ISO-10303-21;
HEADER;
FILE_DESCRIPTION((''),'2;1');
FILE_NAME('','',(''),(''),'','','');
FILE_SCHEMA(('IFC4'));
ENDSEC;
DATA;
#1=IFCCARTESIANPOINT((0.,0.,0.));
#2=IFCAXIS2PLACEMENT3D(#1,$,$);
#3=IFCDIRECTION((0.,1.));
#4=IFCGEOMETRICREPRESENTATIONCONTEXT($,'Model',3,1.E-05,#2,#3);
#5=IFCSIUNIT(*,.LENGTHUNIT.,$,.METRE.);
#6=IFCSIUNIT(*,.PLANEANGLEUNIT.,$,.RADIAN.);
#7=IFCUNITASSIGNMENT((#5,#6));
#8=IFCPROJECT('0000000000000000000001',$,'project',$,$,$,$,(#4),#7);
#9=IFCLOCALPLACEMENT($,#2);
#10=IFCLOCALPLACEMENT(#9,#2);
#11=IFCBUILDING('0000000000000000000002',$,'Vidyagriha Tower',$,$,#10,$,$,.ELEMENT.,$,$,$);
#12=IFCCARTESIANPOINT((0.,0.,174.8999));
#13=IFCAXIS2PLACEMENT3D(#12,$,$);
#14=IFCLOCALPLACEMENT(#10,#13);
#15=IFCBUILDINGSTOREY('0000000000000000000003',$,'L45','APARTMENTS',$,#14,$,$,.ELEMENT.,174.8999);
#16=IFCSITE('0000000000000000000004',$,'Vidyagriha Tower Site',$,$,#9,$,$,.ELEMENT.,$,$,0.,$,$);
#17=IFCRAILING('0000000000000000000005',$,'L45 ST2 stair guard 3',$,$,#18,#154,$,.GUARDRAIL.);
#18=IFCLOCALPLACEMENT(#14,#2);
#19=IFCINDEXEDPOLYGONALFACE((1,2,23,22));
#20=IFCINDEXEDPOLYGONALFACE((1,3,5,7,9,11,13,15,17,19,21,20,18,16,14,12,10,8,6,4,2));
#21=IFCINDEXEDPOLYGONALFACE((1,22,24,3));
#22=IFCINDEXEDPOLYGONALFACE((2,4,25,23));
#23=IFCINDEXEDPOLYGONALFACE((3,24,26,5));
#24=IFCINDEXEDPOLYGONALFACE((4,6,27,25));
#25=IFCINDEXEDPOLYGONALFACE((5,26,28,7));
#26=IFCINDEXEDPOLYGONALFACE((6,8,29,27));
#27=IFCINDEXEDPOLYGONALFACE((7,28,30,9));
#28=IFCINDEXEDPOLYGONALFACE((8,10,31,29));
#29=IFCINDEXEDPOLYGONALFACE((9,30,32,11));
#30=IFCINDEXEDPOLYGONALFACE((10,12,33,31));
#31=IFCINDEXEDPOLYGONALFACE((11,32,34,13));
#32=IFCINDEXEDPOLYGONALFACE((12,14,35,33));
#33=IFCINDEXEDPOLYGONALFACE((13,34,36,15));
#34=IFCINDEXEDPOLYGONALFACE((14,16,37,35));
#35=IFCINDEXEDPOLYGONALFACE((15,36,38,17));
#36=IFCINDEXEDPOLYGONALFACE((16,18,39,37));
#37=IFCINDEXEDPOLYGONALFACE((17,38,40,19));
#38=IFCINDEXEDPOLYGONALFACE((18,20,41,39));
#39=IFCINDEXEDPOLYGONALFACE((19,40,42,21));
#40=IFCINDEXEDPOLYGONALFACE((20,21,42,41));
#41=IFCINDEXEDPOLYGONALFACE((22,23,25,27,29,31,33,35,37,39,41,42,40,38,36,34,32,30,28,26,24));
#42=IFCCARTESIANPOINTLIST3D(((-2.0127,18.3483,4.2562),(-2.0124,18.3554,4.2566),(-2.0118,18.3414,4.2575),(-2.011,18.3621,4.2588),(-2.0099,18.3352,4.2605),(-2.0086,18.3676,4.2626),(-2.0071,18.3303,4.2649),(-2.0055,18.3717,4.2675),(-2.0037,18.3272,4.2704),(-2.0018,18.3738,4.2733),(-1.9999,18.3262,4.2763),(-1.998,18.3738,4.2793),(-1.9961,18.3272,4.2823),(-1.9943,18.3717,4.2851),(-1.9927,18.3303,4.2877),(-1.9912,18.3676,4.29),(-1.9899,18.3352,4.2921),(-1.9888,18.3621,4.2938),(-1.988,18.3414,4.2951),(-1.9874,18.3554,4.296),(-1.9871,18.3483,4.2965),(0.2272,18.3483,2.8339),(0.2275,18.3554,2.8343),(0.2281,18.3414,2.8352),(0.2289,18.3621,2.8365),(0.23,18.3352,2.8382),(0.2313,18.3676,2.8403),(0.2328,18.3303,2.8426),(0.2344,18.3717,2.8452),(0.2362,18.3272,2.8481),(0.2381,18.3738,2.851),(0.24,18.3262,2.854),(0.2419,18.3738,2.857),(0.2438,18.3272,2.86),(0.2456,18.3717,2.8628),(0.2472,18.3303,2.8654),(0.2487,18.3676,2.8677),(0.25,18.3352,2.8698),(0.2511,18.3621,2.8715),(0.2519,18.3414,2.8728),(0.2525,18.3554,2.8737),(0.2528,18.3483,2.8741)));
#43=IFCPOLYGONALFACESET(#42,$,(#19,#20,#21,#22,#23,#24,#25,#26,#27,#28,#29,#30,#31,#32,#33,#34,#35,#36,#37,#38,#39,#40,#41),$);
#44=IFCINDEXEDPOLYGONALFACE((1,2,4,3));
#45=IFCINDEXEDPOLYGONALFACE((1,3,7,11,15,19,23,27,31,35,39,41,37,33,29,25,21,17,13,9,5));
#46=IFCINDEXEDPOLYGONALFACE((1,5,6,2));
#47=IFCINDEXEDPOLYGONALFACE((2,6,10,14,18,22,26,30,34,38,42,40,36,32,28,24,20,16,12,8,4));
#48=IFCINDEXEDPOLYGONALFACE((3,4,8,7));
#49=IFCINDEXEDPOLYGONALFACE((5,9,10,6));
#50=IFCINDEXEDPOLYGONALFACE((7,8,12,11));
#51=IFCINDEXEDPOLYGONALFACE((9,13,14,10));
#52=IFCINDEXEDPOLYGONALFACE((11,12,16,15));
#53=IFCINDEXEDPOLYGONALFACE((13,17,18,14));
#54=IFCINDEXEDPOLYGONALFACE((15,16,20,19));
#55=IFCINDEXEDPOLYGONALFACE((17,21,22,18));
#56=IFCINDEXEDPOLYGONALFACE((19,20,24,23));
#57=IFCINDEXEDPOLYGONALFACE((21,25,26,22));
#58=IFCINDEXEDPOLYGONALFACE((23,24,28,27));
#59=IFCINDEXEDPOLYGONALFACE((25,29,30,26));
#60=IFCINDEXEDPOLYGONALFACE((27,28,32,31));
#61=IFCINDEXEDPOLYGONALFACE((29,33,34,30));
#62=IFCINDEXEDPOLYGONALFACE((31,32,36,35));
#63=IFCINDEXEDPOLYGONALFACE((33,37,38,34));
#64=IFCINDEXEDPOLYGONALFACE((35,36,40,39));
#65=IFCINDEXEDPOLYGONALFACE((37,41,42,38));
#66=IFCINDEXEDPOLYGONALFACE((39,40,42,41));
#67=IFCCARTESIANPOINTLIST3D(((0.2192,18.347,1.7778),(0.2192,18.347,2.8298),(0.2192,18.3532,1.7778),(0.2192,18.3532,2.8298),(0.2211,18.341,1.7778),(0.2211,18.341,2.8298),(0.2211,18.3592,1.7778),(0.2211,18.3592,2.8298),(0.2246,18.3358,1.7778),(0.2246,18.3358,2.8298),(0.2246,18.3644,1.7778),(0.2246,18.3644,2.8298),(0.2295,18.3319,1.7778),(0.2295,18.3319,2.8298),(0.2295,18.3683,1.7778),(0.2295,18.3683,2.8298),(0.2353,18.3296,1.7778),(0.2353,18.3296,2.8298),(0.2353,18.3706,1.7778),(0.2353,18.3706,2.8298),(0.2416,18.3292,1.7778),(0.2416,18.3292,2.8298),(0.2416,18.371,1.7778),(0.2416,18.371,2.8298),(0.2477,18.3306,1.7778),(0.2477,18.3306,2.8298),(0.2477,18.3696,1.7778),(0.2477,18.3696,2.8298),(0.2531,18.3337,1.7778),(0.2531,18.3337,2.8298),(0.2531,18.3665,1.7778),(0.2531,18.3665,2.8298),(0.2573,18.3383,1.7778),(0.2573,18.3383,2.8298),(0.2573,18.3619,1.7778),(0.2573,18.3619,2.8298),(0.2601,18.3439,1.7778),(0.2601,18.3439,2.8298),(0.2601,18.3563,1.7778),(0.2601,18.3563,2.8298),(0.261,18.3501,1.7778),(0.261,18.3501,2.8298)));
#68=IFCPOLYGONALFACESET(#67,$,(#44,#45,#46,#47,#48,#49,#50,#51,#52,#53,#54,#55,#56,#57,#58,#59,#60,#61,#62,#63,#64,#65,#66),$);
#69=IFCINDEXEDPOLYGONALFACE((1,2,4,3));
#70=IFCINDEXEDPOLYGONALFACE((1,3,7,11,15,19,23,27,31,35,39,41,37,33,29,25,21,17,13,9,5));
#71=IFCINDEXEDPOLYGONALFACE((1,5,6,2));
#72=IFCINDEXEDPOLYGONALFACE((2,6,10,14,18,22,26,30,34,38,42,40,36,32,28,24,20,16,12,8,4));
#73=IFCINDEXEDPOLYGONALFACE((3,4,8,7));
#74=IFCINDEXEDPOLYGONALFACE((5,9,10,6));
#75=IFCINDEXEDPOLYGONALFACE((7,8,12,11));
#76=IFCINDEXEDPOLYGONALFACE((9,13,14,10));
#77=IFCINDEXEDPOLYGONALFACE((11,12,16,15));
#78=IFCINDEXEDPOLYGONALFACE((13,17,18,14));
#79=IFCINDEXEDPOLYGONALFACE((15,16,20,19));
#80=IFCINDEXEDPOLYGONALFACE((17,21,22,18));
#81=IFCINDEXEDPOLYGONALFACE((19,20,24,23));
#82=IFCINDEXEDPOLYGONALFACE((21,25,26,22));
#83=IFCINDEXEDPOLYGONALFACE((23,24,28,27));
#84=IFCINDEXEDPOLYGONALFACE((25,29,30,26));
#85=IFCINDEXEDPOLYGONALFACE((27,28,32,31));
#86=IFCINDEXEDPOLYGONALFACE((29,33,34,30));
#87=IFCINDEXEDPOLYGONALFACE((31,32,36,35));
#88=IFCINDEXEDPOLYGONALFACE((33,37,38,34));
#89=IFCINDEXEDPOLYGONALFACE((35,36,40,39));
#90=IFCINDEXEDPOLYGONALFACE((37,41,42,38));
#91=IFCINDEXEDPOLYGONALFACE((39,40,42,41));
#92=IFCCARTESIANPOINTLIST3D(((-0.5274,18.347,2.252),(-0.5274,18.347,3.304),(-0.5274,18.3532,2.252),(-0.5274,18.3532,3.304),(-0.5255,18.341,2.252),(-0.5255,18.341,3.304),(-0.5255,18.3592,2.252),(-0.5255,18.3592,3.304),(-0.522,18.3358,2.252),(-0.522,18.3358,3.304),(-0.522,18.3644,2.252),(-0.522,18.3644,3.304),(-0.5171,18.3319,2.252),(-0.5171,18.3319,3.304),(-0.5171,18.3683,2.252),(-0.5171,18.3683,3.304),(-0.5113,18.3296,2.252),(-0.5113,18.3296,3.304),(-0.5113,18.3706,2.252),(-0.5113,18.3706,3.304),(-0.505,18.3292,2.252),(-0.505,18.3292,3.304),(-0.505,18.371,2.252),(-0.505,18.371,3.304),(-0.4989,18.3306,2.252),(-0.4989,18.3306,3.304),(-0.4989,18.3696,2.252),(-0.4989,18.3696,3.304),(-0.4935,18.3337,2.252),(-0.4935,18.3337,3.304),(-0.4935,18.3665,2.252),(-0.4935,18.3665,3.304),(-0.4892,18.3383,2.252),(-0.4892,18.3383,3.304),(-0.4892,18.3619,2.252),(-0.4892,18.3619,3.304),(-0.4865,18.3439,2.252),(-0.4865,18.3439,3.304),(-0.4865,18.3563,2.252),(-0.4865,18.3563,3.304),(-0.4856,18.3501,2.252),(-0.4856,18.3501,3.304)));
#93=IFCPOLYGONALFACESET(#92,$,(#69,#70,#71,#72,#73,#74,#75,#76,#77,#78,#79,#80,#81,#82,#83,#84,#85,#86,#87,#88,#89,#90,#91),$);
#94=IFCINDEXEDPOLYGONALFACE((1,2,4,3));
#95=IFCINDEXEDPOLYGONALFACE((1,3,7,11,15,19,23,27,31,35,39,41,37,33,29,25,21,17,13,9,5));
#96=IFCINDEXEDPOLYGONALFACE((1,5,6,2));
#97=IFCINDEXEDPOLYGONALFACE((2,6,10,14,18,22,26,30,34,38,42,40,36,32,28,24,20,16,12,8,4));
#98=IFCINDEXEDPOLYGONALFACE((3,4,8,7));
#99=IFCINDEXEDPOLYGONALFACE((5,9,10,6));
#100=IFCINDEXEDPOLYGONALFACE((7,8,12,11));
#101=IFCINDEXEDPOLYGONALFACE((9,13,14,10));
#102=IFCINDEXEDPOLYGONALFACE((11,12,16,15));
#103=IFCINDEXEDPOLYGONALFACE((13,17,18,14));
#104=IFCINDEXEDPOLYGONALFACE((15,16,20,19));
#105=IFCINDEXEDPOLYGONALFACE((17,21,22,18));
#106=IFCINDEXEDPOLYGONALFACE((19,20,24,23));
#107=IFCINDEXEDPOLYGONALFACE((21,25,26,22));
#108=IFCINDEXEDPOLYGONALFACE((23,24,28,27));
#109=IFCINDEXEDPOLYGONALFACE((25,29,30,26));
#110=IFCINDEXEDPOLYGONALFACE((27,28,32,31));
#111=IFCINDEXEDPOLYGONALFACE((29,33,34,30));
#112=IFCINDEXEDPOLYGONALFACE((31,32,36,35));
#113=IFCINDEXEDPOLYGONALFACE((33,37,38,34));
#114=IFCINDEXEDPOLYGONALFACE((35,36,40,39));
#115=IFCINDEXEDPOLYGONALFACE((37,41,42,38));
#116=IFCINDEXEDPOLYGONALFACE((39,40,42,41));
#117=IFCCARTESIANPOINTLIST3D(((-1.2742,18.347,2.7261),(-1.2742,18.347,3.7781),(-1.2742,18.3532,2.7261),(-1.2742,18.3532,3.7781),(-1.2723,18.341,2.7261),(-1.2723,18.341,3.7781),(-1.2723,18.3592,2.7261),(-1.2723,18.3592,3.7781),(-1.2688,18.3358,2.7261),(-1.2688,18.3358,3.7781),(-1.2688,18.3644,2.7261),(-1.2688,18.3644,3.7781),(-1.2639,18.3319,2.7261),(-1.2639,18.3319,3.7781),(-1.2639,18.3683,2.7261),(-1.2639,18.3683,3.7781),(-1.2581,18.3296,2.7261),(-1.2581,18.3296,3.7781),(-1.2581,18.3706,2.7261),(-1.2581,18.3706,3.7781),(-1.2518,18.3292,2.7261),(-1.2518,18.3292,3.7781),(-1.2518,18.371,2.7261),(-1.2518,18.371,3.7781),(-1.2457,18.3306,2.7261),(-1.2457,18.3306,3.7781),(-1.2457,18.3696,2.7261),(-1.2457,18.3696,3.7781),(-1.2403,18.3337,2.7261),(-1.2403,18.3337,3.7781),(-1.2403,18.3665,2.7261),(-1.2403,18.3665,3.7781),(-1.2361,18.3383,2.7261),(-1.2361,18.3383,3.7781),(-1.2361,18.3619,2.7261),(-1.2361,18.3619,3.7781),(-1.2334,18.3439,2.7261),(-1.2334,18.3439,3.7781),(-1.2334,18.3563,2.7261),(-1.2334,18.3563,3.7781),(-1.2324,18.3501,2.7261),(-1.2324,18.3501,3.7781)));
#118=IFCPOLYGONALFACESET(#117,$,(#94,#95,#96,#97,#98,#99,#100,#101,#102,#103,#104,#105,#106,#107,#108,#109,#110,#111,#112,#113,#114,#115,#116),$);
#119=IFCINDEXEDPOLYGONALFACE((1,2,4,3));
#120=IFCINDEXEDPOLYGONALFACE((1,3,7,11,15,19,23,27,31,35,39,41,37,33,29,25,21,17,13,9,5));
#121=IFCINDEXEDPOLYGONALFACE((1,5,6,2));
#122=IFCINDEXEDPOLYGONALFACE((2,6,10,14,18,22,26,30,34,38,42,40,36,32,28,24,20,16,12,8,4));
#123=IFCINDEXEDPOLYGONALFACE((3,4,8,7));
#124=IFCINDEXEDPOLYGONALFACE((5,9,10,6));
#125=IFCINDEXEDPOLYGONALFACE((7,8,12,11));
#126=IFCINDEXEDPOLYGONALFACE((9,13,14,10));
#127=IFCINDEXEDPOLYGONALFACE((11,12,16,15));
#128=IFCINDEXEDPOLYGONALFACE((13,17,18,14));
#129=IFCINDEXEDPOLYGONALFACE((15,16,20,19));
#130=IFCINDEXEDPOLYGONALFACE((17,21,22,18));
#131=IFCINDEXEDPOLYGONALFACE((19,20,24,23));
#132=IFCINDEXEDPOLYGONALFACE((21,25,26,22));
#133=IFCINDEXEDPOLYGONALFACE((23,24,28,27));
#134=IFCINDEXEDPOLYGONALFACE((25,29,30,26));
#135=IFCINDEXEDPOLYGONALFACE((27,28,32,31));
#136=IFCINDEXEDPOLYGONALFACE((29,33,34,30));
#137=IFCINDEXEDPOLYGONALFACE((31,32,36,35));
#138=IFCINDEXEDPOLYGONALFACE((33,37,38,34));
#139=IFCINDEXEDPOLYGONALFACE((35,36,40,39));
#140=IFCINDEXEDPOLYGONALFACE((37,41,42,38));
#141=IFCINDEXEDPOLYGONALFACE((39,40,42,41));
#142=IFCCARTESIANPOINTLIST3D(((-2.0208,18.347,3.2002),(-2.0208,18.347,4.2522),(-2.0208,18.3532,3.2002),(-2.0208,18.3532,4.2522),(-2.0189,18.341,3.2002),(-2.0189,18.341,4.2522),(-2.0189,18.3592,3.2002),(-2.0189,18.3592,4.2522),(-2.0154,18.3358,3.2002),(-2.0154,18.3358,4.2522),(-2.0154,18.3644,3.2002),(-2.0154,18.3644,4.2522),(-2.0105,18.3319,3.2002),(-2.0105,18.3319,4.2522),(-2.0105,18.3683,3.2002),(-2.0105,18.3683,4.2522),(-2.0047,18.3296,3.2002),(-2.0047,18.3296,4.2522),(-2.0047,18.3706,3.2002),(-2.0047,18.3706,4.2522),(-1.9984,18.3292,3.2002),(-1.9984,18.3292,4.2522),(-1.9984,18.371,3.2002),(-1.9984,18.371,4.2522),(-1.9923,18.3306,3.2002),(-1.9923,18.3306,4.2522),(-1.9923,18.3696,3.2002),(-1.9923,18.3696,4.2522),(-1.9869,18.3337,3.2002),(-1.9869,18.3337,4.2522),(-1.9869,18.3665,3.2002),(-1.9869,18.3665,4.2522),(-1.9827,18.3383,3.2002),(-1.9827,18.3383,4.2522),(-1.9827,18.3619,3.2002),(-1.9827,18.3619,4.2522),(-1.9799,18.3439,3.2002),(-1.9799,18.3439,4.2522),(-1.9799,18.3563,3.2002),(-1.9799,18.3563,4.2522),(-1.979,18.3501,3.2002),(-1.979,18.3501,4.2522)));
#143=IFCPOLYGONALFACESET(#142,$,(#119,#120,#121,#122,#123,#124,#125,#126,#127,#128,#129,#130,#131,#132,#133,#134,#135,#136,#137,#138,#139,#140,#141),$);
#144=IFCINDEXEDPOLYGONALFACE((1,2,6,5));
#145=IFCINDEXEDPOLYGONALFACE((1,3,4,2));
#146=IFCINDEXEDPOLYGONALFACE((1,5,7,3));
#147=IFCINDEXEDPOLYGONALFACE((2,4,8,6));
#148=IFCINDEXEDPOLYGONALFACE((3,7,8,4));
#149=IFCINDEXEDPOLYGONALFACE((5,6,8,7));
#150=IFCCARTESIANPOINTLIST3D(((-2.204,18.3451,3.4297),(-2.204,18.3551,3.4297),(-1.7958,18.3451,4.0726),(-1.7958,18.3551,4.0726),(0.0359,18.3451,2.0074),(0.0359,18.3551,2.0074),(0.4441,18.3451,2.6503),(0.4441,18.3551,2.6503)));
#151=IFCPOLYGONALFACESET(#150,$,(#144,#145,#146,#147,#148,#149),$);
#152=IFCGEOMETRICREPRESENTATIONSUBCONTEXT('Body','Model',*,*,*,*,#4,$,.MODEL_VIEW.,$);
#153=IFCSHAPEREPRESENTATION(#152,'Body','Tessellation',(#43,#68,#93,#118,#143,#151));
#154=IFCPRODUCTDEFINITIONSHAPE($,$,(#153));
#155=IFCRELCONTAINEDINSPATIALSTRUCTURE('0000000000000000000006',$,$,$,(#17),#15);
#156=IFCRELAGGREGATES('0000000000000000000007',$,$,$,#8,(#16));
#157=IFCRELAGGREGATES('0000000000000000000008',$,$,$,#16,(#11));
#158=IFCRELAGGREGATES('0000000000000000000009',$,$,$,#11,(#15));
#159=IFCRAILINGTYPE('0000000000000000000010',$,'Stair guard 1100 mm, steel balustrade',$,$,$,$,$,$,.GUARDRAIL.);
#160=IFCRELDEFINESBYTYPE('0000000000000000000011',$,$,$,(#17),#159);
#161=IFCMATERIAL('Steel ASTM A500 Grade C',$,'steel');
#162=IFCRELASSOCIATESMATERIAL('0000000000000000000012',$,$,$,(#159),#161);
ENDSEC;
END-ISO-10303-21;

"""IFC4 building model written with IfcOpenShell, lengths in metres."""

from ifc_helpers import new_model, si_unit, direction, frame, origin, origin_2d, place, context, subcontext, project, spatial, rectangle, circle, extrude, material, type_object, element, save


model = new_model("IFC4")

# Units and contexts
model_context = context("Model", 3, precision=1e-05, world=origin(), true_north=direction((0.0, 1.0)))
body_context = subcontext(model_context, "Body", "Model", "MODEL_VIEW")
ifc_project = project(units=[si_unit("LENGTHUNIT", "METRE"), si_unit("PLANEANGLEUNIT", "RADIAN")], contexts=[model_context])

# Site, building, storey
site_placement = place(None, origin())
site = spatial("IfcSite", under=ifc_project, at=site_placement, Name="Vidyagriha Tower Site", CompositionType="ELEMENT", RefElevation=0.0)
building_placement = place(site_placement, origin())
building = spatial("IfcBuilding", under=site, at=building_placement, Name="Vidyagriha Tower", CompositionType="ELEMENT")
storey_placement = place(building_placement, frame((0.0, 0.0, 174.8999)))
storey = spatial("IfcBuildingStorey", under=building, at=storey_placement, Name="L45", Description="APARTMENTS", CompositionType="ELEMENT", Elevation=174.8999)

# Railing
ifc_material_1 = material(Name="Steel ASTM A500 Grade C", Category="steel")
railing_type_1 = type_object("IfcRailingType", Name="Stair guard 1100 mm, steel balustrade", PredefinedType="GUARDRAIL", material=ifc_material_1)
railing_1_placement = place(storey_placement, frame((0.24, 18.3501, 1.7778)))
element("IfcRailing", 1, at=railing_1_placement, inside=storey, type_object=railing_type_1, Name="L45 ST2 stair guard 3", PredefinedType="GUARDRAIL", context=body_context, shape_type="SweptSolid", body=[
    extrude(circle(Radius=0.0239, at=origin_2d()), frame((0.0, 0.0, 1.0762), z_axis=(-0.844188, 0.0, 0.536048), x_axis=(0.0, -1.0, 0.0)), (0.0, 0.0, 1.0), 2.6533),
    extrude(circle(Radius=0.021, at=origin_2d()), origin(), (0.0, 0.0, 1.0), 1.052),
    extrude(circle(Radius=0.021, at=origin_2d()), frame((-0.7466, 0.0, 0.4741)), (0.0, 0.0, 1.0), 1.052),
    extrude(circle(Radius=0.021, at=origin_2d()), frame((-1.4934, 0.0, 0.9482)), (0.0, 0.0, 1.0), 1.052),
    extrude(circle(Radius=0.021, at=origin_2d()), frame((-2.24, 0.0, 1.4224)), (0.0, 0.0, 1.0), 1.052),
    extrude(rectangle(XDim=0.01, YDim=0.7615, at=origin_2d()), frame((0.0, 0.0, 0.551), z_axis=(-0.844188, 0.0, 0.536048), x_axis=(0.0, -1.0, 0.0)), (0.0, 0.0, 1.0), 2.6533),
])

save(model, "model.ifc")
